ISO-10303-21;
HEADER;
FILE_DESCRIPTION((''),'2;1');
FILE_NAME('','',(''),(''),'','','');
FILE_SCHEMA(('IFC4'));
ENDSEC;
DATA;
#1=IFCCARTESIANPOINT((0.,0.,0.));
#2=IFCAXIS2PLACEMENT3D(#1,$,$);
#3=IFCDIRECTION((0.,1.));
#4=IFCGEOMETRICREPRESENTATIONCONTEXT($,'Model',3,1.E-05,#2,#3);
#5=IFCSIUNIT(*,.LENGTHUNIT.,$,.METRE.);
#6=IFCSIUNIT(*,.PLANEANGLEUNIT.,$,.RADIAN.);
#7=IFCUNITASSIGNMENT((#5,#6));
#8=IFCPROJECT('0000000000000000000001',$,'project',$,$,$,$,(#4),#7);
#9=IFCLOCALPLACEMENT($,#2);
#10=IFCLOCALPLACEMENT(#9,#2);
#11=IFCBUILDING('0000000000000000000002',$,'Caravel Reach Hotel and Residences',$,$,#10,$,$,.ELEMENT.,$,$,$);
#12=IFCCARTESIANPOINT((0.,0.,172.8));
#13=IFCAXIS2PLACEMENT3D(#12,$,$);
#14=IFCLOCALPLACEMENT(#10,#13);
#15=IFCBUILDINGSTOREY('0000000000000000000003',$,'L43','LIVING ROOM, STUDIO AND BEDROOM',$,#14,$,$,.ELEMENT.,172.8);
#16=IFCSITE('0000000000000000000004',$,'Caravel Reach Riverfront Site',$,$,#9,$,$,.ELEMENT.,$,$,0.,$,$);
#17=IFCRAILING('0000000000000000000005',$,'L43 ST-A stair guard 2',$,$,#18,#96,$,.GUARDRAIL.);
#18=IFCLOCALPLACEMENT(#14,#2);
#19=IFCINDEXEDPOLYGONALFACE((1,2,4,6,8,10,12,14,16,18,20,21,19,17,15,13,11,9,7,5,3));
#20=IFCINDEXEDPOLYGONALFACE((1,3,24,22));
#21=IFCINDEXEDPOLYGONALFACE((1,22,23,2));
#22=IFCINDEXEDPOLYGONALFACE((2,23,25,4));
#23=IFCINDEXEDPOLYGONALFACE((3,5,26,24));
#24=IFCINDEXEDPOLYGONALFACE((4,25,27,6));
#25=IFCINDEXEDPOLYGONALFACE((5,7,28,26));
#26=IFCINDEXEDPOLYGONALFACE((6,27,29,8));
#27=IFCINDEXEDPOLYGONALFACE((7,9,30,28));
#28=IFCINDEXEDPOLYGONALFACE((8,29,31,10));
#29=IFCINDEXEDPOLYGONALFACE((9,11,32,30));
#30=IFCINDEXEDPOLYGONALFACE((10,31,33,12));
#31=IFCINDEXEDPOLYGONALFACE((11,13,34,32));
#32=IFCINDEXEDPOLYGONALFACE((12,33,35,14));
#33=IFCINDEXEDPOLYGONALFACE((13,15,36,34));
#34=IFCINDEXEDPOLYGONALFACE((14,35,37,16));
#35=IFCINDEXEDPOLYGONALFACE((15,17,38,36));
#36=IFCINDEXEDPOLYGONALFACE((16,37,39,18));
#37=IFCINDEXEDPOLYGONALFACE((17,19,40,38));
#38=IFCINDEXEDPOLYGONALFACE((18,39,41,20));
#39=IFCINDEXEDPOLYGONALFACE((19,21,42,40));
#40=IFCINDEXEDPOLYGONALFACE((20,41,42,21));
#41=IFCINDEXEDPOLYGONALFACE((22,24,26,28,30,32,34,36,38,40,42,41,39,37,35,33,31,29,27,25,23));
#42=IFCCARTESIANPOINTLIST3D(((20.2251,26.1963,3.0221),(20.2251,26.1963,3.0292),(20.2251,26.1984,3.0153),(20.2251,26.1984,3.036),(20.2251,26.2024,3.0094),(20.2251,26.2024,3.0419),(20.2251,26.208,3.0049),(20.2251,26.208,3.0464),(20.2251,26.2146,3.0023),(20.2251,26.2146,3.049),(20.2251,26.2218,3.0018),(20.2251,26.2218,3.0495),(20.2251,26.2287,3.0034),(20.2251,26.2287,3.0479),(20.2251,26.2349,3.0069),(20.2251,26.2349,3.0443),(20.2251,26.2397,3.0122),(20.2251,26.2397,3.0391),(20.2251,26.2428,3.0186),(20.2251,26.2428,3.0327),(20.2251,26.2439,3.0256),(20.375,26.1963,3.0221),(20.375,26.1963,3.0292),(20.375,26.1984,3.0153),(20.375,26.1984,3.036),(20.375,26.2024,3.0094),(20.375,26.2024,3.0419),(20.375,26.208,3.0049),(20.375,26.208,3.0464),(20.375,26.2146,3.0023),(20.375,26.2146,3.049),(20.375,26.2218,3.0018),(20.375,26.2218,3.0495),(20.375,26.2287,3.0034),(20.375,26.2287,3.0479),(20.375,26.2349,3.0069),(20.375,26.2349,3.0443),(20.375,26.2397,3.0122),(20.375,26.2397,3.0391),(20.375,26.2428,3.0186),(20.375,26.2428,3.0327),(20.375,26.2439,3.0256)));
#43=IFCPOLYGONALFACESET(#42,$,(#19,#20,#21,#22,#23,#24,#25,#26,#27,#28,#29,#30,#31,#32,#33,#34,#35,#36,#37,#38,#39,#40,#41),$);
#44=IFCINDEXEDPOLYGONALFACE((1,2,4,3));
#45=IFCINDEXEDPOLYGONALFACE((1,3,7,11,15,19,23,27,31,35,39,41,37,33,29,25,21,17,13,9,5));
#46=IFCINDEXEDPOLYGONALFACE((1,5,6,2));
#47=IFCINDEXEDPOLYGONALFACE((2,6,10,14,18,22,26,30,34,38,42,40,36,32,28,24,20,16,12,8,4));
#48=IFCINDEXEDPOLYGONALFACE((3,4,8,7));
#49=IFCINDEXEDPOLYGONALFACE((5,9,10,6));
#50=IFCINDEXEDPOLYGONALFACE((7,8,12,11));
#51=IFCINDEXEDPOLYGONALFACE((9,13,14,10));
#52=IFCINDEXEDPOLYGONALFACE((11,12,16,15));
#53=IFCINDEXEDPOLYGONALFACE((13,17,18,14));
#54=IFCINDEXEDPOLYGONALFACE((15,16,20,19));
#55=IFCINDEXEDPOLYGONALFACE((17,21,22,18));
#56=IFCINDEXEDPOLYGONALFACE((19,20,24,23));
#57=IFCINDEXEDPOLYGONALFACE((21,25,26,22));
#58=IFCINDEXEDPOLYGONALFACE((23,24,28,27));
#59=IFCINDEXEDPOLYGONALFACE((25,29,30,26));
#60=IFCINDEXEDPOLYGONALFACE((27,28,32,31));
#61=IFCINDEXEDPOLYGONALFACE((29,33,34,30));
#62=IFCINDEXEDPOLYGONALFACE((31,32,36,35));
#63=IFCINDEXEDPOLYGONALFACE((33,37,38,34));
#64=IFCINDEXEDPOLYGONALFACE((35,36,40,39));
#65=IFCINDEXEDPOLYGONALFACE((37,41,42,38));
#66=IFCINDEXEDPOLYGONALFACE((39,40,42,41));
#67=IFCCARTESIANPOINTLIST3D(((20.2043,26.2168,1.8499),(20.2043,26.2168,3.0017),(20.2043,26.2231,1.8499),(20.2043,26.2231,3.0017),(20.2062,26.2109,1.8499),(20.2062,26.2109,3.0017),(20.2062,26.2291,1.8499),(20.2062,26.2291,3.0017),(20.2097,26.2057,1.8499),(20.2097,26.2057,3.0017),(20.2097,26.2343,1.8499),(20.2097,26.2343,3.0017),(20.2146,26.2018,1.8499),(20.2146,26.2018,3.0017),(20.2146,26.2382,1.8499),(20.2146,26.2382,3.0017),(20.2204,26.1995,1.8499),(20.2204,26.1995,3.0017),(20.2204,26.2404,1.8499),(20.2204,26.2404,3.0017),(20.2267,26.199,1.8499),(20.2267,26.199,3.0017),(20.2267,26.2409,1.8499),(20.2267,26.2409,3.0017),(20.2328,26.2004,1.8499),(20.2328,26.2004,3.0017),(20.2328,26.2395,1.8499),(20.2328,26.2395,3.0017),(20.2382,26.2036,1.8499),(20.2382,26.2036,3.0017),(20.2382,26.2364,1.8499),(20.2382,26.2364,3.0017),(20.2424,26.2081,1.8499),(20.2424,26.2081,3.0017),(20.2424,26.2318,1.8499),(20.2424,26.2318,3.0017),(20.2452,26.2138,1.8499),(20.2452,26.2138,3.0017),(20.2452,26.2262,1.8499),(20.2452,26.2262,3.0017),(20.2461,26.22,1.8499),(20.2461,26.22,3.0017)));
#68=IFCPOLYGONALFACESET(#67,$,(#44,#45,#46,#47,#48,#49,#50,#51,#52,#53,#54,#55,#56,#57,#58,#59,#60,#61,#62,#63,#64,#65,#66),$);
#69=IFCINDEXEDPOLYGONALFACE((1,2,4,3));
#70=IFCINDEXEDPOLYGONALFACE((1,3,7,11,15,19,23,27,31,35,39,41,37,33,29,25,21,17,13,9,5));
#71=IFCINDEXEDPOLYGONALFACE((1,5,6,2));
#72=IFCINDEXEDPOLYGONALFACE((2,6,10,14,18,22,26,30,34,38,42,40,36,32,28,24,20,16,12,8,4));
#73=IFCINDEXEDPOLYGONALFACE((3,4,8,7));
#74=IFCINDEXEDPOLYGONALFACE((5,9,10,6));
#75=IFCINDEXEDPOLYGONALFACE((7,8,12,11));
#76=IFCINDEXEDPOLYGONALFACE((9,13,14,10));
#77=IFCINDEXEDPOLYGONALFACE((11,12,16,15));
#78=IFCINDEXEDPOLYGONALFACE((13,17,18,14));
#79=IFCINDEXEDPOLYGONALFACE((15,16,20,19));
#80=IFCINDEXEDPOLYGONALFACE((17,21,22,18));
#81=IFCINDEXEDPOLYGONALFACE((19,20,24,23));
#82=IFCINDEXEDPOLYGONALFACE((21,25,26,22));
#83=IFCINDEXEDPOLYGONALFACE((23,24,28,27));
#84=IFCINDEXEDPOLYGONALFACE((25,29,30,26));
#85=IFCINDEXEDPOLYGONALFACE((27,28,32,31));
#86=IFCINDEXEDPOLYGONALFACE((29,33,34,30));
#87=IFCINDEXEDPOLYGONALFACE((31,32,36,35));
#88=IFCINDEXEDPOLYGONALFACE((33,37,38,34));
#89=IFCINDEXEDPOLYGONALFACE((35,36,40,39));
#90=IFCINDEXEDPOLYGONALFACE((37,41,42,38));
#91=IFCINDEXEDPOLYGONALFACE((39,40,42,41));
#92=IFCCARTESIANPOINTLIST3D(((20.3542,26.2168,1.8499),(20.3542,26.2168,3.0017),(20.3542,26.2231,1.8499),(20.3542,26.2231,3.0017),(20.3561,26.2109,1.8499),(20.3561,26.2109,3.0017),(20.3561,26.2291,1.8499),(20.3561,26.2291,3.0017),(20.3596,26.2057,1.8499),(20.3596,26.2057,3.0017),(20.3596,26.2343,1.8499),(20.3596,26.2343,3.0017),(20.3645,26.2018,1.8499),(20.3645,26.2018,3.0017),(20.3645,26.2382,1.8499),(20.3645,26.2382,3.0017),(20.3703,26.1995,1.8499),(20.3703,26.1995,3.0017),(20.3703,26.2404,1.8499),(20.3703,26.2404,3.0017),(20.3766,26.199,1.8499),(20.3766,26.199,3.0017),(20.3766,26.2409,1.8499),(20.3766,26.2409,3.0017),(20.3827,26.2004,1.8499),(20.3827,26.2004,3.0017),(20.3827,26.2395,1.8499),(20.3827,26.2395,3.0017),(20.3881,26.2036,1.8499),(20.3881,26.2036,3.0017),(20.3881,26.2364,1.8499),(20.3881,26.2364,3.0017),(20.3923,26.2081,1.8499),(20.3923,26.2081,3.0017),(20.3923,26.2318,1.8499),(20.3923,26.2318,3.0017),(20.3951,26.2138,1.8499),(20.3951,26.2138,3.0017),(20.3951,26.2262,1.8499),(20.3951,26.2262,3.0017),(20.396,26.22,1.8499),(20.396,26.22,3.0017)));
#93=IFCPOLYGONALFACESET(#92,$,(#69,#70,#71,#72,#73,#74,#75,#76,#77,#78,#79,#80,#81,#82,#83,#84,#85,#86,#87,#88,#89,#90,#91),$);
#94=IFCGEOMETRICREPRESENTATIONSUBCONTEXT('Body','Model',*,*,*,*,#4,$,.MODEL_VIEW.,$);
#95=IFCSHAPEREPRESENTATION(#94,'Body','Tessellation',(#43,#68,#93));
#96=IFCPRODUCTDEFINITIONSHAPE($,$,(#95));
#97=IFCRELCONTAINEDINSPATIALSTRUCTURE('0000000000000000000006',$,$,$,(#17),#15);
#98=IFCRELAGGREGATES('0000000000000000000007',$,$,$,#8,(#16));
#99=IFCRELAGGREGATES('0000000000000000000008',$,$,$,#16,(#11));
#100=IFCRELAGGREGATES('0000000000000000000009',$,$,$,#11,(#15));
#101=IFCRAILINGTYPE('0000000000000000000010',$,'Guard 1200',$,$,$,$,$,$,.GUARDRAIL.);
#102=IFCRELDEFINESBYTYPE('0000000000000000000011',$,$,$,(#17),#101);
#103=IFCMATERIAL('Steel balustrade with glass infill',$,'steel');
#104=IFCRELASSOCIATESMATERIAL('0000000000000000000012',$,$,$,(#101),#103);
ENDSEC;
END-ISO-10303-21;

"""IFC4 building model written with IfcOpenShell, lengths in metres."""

from ifc_helpers import new_model, si_unit, direction, frame, origin, origin_2d, place, context, subcontext, project, spatial, circle, extrude, material, type_object, element, save


model = new_model("IFC4")

# Units and contexts
model_context = context("Model", 3, precision=1e-05, world=origin(), true_north=direction((0.0, 1.0)))
body_context = subcontext(model_context, "Body", "Model", "MODEL_VIEW")
ifc_project = project(units=[si_unit("LENGTHUNIT", "METRE"), si_unit("PLANEANGLEUNIT", "RADIAN")], contexts=[model_context])

# Site, building, storey
site_placement = place(None, origin())
site = spatial("IfcSite", under=ifc_project, at=site_placement, Name="Caravel Reach Riverfront Site", CompositionType="ELEMENT", RefElevation=0.0)
building_placement = place(site_placement, origin())
building = spatial("IfcBuilding", under=site, at=building_placement, Name="Caravel Reach Hotel and Residences", CompositionType="ELEMENT")
storey_placement = place(building_placement, frame((0.0, 0.0, 172.8)))
storey = spatial("IfcBuildingStorey", under=building, at=storey_placement, Name="L43", Description="LIVING ROOM, STUDIO AND BEDROOM", CompositionType="ELEMENT", Elevation=172.8)

# Railing
ifc_material_1 = material(Name="Steel balustrade with glass infill", Category="steel")
railing_type_1 = type_object("IfcRailingType", Name="Guard 1200", PredefinedType="GUARDRAIL", material=ifc_material_1)
railing_1_placement = place(storey_placement, frame((20.2251, 26.22, 1.8499)))
element("IfcRailing", 1, at=railing_1_placement, inside=storey, type_object=railing_type_1, Name="L43 ST-A stair guard 2", PredefinedType="GUARDRAIL", context=body_context, shape_type="SweptSolid", body=[
    extrude(circle(Radius=0.0239, at=origin_2d()), frame((0.0, 0.0, 1.1758), z_axis=(1.0, 0.0, 0.0), x_axis=(0.0, 1.0, 0.0)), (0.0, 0.0, 1.0), 0.1499),
    extrude(circle(Radius=0.021, at=origin_2d()), origin(), (0.0, 0.0, 1.0), 1.1519),
    extrude(circle(Radius=0.021, at=origin_2d()), frame((0.1499, 0.0, 0.0)), (0.0, 0.0, 1.0), 1.1519),
])

save(model, "model.ifc")
